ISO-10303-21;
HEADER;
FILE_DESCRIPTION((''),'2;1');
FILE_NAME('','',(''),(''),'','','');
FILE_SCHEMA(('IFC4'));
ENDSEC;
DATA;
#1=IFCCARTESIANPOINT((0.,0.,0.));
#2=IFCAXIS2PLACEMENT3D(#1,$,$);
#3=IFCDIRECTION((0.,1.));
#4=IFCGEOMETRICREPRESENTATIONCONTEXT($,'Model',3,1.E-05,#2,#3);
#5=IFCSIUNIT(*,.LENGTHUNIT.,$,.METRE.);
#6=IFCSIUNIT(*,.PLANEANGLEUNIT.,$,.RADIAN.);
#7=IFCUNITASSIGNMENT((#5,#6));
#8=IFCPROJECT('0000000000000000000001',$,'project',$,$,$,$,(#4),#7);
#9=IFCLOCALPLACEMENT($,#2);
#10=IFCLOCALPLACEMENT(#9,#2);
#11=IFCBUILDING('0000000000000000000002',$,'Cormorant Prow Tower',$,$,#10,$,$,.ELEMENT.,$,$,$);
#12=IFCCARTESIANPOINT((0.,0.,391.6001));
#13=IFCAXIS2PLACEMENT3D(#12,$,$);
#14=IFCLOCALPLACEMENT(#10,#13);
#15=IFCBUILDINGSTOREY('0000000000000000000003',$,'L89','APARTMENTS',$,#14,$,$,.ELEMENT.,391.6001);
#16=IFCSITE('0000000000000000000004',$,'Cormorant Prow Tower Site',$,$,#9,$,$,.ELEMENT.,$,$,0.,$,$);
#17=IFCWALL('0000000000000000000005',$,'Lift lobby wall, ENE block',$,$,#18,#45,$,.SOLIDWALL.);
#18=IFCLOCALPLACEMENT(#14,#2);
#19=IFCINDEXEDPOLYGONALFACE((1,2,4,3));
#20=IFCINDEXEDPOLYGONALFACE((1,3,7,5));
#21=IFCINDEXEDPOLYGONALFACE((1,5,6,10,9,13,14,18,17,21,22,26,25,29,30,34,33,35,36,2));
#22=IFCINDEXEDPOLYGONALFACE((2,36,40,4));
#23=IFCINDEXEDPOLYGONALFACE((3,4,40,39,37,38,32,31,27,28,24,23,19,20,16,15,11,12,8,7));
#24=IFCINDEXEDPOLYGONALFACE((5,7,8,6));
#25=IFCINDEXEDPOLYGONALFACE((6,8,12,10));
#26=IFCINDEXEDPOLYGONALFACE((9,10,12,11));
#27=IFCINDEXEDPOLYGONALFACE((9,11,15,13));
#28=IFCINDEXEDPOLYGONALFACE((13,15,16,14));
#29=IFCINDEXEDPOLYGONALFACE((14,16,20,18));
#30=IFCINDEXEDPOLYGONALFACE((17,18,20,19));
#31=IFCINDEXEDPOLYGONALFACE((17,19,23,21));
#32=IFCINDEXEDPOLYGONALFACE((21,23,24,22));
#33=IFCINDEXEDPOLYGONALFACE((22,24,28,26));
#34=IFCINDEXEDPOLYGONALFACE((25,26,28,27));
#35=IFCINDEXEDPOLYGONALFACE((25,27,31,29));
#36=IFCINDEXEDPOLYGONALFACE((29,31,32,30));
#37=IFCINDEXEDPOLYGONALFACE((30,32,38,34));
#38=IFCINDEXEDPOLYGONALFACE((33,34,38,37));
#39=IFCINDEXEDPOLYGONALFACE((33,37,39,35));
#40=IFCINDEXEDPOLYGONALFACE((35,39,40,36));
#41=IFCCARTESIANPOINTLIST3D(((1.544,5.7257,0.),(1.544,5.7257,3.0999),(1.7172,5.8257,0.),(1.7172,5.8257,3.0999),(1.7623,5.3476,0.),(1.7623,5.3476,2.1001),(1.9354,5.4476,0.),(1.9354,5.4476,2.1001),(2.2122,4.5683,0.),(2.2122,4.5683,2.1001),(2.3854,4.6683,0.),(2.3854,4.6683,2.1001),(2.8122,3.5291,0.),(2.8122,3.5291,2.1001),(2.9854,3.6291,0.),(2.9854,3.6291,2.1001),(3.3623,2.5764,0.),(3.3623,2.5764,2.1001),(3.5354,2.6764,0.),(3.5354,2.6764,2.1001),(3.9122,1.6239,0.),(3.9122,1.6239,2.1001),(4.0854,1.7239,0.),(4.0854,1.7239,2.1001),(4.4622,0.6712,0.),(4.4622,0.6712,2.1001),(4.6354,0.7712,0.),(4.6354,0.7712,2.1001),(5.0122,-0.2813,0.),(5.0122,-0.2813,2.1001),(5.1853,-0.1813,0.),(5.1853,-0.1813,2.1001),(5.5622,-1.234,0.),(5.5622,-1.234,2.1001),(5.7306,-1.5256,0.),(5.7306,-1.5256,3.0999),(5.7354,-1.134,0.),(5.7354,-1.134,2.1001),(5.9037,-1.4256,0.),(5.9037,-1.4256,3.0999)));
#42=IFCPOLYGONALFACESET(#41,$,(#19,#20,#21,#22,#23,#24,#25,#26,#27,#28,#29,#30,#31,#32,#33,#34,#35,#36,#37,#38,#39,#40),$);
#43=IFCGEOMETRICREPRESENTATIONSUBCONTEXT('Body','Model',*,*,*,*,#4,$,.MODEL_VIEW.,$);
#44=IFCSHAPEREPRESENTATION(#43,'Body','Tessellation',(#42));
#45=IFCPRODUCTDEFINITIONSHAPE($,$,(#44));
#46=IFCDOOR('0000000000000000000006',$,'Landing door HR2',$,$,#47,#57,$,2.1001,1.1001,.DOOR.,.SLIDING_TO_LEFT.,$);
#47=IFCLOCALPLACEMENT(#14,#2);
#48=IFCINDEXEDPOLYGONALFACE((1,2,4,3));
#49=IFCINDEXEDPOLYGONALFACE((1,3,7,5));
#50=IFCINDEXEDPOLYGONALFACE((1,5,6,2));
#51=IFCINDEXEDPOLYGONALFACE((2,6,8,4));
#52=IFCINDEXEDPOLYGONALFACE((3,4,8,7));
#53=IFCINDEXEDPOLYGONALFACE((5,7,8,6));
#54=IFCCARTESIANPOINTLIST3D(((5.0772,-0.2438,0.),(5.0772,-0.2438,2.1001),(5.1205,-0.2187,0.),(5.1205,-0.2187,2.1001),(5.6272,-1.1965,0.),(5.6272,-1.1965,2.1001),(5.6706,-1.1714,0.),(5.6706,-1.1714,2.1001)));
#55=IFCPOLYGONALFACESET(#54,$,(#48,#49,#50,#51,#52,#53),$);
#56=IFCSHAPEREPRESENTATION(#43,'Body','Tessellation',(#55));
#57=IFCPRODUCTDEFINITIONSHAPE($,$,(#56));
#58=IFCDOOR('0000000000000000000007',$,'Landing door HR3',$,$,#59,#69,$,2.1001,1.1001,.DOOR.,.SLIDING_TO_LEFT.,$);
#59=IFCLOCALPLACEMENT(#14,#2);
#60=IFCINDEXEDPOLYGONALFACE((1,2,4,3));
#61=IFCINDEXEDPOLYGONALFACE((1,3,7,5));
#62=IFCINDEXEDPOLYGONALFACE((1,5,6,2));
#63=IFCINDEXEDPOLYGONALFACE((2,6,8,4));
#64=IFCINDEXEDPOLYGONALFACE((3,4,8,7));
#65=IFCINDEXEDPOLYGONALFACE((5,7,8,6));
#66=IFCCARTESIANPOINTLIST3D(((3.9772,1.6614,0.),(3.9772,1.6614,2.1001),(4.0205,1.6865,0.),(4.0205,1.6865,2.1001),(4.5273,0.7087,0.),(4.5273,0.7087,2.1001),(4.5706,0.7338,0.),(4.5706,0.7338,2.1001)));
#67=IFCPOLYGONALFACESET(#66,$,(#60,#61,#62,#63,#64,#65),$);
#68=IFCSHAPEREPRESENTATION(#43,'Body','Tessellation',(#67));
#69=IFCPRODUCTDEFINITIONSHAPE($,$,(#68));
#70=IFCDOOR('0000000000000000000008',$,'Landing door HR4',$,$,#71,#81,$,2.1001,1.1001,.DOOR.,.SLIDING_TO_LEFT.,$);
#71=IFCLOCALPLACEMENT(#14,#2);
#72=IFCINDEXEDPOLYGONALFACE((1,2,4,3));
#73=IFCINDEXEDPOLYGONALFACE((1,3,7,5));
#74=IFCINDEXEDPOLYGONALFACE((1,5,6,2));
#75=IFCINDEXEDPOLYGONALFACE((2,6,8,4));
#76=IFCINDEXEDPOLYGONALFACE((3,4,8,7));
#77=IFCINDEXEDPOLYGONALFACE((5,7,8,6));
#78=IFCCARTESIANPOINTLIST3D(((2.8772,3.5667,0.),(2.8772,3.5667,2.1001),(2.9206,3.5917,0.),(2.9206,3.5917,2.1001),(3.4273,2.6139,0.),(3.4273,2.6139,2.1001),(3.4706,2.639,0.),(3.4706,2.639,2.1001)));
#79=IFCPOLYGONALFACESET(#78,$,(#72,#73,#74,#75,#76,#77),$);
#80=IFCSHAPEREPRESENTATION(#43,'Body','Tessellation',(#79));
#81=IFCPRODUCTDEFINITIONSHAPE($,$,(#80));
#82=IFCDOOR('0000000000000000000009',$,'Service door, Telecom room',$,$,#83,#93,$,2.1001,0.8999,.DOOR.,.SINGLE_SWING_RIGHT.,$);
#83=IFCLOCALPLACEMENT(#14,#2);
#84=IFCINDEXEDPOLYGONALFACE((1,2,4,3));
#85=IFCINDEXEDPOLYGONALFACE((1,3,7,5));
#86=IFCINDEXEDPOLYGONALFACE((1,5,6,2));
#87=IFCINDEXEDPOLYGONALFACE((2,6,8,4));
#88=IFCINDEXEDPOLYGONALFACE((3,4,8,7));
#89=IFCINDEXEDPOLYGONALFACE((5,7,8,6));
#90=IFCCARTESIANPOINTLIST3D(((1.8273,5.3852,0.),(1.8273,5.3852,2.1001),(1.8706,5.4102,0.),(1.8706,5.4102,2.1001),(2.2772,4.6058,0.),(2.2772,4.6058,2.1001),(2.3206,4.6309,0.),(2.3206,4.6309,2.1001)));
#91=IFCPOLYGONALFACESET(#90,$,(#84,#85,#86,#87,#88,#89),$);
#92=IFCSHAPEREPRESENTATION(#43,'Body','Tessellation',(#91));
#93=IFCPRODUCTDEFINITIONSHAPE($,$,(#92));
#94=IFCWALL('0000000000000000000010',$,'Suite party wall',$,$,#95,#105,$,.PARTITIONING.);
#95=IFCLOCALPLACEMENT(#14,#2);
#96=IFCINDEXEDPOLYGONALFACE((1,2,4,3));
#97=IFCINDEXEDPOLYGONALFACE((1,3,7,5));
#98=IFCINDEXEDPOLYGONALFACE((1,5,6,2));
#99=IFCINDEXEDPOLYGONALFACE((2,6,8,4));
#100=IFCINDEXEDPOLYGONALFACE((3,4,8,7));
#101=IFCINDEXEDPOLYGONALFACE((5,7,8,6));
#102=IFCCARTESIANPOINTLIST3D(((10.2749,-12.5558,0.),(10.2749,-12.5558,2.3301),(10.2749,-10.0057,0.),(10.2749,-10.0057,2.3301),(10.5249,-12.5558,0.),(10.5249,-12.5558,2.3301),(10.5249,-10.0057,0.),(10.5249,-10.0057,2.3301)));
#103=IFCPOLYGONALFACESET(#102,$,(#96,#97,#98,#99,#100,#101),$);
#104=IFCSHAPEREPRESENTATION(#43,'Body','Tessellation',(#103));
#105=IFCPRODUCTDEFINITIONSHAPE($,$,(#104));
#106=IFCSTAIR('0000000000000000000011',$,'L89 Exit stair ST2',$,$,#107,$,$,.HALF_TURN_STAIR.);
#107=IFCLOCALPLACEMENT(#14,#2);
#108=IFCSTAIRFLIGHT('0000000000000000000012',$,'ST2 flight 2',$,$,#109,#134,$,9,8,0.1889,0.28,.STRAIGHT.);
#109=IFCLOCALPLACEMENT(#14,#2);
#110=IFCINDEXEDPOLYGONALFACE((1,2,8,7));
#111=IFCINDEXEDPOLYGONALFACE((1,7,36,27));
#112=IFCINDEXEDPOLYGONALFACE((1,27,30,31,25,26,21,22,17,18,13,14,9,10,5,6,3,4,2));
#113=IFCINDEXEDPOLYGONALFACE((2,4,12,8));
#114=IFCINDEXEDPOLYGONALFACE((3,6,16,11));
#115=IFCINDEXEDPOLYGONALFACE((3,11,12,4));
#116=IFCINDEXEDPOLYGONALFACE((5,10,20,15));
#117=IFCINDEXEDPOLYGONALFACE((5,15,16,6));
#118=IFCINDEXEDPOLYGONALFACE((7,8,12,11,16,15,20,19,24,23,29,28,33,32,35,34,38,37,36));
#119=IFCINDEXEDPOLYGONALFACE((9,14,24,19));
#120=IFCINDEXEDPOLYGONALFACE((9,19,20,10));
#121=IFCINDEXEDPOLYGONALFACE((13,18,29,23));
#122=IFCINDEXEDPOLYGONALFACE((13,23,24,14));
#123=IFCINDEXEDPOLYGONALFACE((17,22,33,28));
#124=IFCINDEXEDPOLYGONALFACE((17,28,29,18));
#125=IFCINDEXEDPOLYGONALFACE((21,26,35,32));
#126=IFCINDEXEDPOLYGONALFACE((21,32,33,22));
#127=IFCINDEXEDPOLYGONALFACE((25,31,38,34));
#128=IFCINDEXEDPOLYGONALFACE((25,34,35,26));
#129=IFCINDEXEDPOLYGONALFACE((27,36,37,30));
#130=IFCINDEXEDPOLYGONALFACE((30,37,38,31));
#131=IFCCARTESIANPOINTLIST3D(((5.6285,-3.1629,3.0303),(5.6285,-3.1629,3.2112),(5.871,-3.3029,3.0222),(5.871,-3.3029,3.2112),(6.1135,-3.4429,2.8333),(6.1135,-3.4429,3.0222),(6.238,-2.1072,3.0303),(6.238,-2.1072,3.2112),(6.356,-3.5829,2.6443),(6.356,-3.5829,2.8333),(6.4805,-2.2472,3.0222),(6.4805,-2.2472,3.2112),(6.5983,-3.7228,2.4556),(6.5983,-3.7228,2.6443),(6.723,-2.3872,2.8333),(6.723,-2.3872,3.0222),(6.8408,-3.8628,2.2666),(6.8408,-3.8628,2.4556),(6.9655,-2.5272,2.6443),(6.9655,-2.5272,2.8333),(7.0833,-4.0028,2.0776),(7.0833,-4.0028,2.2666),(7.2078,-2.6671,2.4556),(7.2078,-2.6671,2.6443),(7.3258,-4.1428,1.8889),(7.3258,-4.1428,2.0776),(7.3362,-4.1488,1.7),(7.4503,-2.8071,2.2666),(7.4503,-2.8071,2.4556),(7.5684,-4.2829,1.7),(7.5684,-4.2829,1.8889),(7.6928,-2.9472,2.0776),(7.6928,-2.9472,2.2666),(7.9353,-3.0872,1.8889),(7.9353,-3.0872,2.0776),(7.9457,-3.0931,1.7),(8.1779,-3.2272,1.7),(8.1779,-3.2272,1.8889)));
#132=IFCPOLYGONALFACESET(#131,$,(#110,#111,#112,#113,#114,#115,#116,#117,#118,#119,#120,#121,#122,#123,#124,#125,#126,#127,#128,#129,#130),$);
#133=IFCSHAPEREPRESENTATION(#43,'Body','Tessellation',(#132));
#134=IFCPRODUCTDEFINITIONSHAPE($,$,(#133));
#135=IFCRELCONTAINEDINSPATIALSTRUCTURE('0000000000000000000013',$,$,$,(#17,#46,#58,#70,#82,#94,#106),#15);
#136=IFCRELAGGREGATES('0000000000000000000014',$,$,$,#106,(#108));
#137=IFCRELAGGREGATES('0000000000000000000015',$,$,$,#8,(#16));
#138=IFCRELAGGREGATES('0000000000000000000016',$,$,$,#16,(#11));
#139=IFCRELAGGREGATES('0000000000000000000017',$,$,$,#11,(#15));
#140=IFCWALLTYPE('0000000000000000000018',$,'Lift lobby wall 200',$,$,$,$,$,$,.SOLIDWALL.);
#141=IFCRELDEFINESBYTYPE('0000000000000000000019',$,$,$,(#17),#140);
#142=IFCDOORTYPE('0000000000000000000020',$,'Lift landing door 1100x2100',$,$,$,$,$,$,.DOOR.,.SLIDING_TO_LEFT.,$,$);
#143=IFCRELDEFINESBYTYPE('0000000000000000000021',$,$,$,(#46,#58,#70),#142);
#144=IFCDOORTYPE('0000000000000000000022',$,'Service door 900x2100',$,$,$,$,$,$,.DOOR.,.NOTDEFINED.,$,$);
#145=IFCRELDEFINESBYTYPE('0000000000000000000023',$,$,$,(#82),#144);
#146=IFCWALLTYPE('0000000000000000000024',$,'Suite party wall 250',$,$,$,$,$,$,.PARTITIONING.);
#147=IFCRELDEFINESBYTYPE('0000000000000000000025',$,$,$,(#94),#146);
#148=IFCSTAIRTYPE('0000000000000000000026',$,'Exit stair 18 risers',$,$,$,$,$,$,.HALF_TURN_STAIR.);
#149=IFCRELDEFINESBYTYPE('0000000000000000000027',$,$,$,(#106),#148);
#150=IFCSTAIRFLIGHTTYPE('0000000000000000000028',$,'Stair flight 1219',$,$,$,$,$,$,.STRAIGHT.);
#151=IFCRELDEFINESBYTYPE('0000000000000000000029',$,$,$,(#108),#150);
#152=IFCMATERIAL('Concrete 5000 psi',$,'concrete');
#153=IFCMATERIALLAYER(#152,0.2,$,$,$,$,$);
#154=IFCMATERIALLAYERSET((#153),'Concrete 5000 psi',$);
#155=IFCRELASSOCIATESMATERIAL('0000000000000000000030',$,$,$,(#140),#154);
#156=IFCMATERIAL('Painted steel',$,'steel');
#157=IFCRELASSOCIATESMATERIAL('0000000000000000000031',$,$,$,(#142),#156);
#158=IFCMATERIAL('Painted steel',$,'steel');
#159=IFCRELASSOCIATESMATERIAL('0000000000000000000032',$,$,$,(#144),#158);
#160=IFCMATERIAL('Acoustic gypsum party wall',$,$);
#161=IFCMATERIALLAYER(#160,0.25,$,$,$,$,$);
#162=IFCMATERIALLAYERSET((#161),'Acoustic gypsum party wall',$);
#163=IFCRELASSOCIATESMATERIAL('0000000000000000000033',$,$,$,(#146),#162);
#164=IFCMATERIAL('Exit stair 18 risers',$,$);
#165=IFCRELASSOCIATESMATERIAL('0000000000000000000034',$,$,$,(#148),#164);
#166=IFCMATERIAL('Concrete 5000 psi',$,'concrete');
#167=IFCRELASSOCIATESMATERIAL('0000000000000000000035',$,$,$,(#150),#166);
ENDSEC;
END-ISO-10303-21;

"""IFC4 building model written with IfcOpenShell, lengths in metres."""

from ifc_helpers import new_model, si_unit, direction, frame, frame_2d, origin, place, context, subcontext, project, spatial, polyline, rectangle, outline, extrude, material, layer, layer_set, type_object, element, fill, aggregate, save


model = new_model("IFC4")

# Units and contexts
model_context = context("Model", 3, precision=1e-05, world=origin(), true_north=direction((0.0, 1.0)))
body_context = subcontext(model_context, "Body", "Model", "MODEL_VIEW")
ifc_project = project(units=[si_unit("LENGTHUNIT", "METRE"), si_unit("PLANEANGLEUNIT", "RADIAN")], contexts=[model_context])

# Site, building, storey
site_placement = place(None, origin())
site = spatial("IfcSite", under=ifc_project, at=site_placement, Name="Cormorant Prow Tower Site", CompositionType="ELEMENT", RefElevation=0.0)
building_placement = place(site_placement, origin())
building = spatial("IfcBuilding", under=site, at=building_placement, Name="Cormorant Prow Tower", CompositionType="ELEMENT")
storey_placement = place(building_placement, frame((0.0, 0.0, 391.6001)))
storey = spatial("IfcBuildingStorey", under=building, at=storey_placement, Name="L89", Description="APARTMENTS", CompositionType="ELEMENT", Elevation=391.6001)

# Wall, openings, doors
ifc_material_1 = material(Name="Concrete 5000 psi", Category="concrete")
ifc_layer_1 = layer(ifc_material_1, 0.2)
ifc_layer_set_1 = layer_set([ifc_layer_1], Name="Concrete 5000 psi")
wall_type_1 = type_object("IfcWallType", Name="Lift lobby wall 200", PredefinedType="SOLIDWALL", material=ifc_layer_set_1)
wall_1_placement = place(storey_placement, frame((5.8171, -1.4756, 0.0), z_axis=(0.0, 0.0, 1.0), x_axis=(-0.500003, 0.866024, 0.0)))
wall_1 = element("IfcWall", 1, at=wall_1_placement, inside=storey, type_object=wall_type_1, Name="Lift lobby wall, ENE block", PredefinedType="SOLIDWALL", context=body_context, shape_type="SweptSolid", body=[
    extrude(rectangle(XDim=8.373, YDim=0.2, at=frame_2d((4.1865, 0.0))), origin(), (0.0, 0.0, 1.0), 3.0999),
])
opening_1_placement = place(wall_1_placement, frame((0.3367, 0.0, 0.0)))
opening_1 = element("IfcOpeningElement", 2, at=opening_1_placement, cuts=wall_1, PredefinedType="OPENING", context=body_context, shape_type="SweptSolid", body=[
    extrude(rectangle(XDim=1.1001, YDim=2.1001, at=frame_2d((0.55, 1.05))), frame((0.0, 0.1099, 0.0), z_axis=(0.0, -1.0, 0.0), x_axis=(1.0, 0.0, 0.0)), (0.0, 0.0, 1.0), 0.22),
])
opening_2_placement = place(wall_1_placement, frame((2.5366, 0.0, 0.0)))
opening_2 = element("IfcOpeningElement", 3, at=opening_2_placement, cuts=wall_1, PredefinedType="OPENING", context=body_context, shape_type="SweptSolid", body=[
    extrude(rectangle(XDim=1.1001, YDim=2.1001, at=frame_2d((0.55, 1.05))), frame((0.0, 0.1099, 0.0), z_axis=(0.0, -1.0, 0.0), x_axis=(1.0, 0.0, 0.0)), (0.0, 0.0, 1.0), 0.22),
])
opening_3_placement = place(wall_1_placement, frame((4.7366, 0.0, 0.0)))
opening_3 = element("IfcOpeningElement", 4, at=opening_3_placement, cuts=wall_1, PredefinedType="OPENING", context=body_context, shape_type="SweptSolid", body=[
    extrude(rectangle(XDim=1.1001, YDim=2.1001, at=frame_2d((0.55, 1.05))), frame((0.0, 0.1099, 0.0), z_axis=(0.0, -1.0, 0.0), x_axis=(1.0, 0.0, 0.0)), (0.0, 0.0, 1.0), 0.22),
])
opening_4_placement = place(wall_1_placement, frame((7.0366, 0.0, 0.0)))
opening_4 = element("IfcOpeningElement", 5, at=opening_4_placement, cuts=wall_1, PredefinedType="OPENING", context=body_context, shape_type="SweptSolid", body=[
    extrude(rectangle(XDim=0.8999, YDim=2.1001, at=frame_2d((0.45, 1.05))), frame((0.0, 0.1099, 0.0), z_axis=(0.0, -1.0, 0.0), x_axis=(1.0, 0.0, 0.0)), (0.0, 0.0, 1.0), 0.22),
])
ifc_material_2 = material(Name="Painted steel", Category="steel")
door_type_1 = type_object("IfcDoorType", Name="Lift landing door 1100x2100", OperationType="SLIDING_TO_LEFT", PredefinedType="DOOR", material=ifc_material_2)
door_1_placement = place(opening_1_placement, origin())
door_1 = element("IfcDoor", 6, at=door_1_placement, inside=storey, type_object=door_type_1, Name="Landing door HR2", OperationType="SLIDING_TO_LEFT", OverallHeight=2.1001, OverallWidth=1.1001, PredefinedType="DOOR", context=body_context, shape_type="SweptSolid", body=[
    extrude(rectangle(XDim=1.1001, YDim=2.1001, at=frame_2d((0.55, 1.05))), frame((0.0, 0.0249, 0.0), z_axis=(0.0, -1.0, 0.0), x_axis=(1.0, 0.0, 0.0)), (0.0, 0.0, 1.0), 0.05),
])
fill(opening_1, door_1)
door_2_placement = place(opening_2_placement, origin())
door_2 = element("IfcDoor", 7, at=door_2_placement, inside=storey, type_object=door_type_1, Name="Landing door HR3", OperationType="SLIDING_TO_LEFT", OverallHeight=2.1001, OverallWidth=1.1001, PredefinedType="DOOR", context=body_context, shape_type="SweptSolid", body=[
    extrude(rectangle(XDim=1.1001, YDim=2.1001, at=frame_2d((0.55, 1.05))), frame((0.0, 0.0249, 0.0), z_axis=(0.0, -1.0, 0.0), x_axis=(1.0, 0.0, 0.0)), (0.0, 0.0, 1.0), 0.05),
])
fill(opening_2, door_2)
door_3_placement = place(opening_3_placement, origin())
door_3 = element("IfcDoor", 8, at=door_3_placement, inside=storey, type_object=door_type_1, Name="Landing door HR4", OperationType="SLIDING_TO_LEFT", OverallHeight=2.1001, OverallWidth=1.1001, PredefinedType="DOOR", context=body_context, shape_type="SweptSolid", body=[
    extrude(rectangle(XDim=1.1001, YDim=2.1001, at=frame_2d((0.55, 1.05))), frame((0.0, 0.0249, 0.0), z_axis=(0.0, -1.0, 0.0), x_axis=(1.0, 0.0, 0.0)), (0.0, 0.0, 1.0), 0.05),
])
fill(opening_3, door_3)
ifc_material_3 = material(Name="Painted steel", Category="steel")
door_type_2 = type_object("IfcDoorType", Name="Service door 900x2100", OperationType="NOTDEFINED", PredefinedType="DOOR", material=ifc_material_3)
door_4_placement = place(opening_4_placement, origin())
door_4 = element("IfcDoor", 9, at=door_4_placement, inside=storey, type_object=door_type_2, Name="Service door, Telecom room", OperationType="SINGLE_SWING_RIGHT", OverallHeight=2.1001, OverallWidth=0.8999, PredefinedType="DOOR", context=body_context, shape_type="SweptSolid", body=[
    extrude(rectangle(XDim=0.8999, YDim=2.1001, at=frame_2d((0.45, 1.05))), frame((0.0, 0.0249, 0.0), z_axis=(0.0, -1.0, 0.0), x_axis=(1.0, 0.0, 0.0)), (0.0, 0.0, 1.0), 0.05),
])
fill(opening_4, door_4)

# Wall
ifc_material_4 = material(Name="Acoustic gypsum party wall")
ifc_layer_2 = layer(ifc_material_4, 0.25)
ifc_layer_set_2 = layer_set([ifc_layer_2], Name="Acoustic gypsum party wall")
wall_type_2 = type_object("IfcWallType", Name="Suite party wall 250", PredefinedType="PARTITIONING", material=ifc_layer_set_2)
wall_2_placement = place(storey_placement, frame((10.3999, -12.5557, 0.0), z_axis=(0.0, 0.0, 1.0), x_axis=(0.0, 1.0, 0.0)))
element("IfcWall", 10, at=wall_2_placement, inside=storey, type_object=wall_type_2, Name="Suite party wall", PredefinedType="PARTITIONING", context=body_context, shape_type="SweptSolid", body=[
    extrude(rectangle(XDim=2.55, YDim=0.25, at=frame_2d((1.2749, 0.0))), origin(), (0.0, 0.0, 1.0), 2.3301),
])

# Stair, stair flight
ifc_material_5 = material(Name="Exit stair 18 risers")
stair_type = type_object("IfcStairType", Name="Exit stair 18 risers", PredefinedType="HALF_TURN_STAIR", material=ifc_material_5)
stair_placement = place(storey_placement, origin())
stair = element("IfcStair", 11, at=stair_placement, inside=storey, type_object=stair_type, Name="L89 Exit stair ST2", PredefinedType="HALF_TURN_STAIR")
ifc_material_6 = material(Name="Concrete 5000 psi", Category="concrete")
stair_flight_type = type_object("IfcStairFlightType", Name="Stair flight 1219", PredefinedType="STRAIGHT", material=ifc_material_6)
stair_flight_placement = place(storey_placement, frame((7.873, -3.7551, 1.7), z_axis=(0.0, 0.0, 1.0), x_axis=(-0.866025, 0.5, 0.0)))
stair_flight = element("IfcStairFlight", 12, at=stair_flight_placement, type_object=stair_flight_type, Name="ST2 flight 2", NumberOfRisers=9, NumberOfTreads=8, PredefinedType="STRAIGHT", RiserHeight=0.1889, TreadLength=0.28, context=body_context, shape_type="SweptSolid", body=[
    extrude(outline(polyline([(0.0, 0.0), (0.0, 0.189), (0.28, 0.189), (0.28, 0.3777), (0.5601, 0.3777), (0.5601, 0.5667), (0.8401, 0.5667), (0.8401, 0.7556), (1.1201, 0.7556), (1.1201, 0.9443), (1.3999, 0.9443), (1.3999, 1.1333), (1.6799, 1.1333), (1.6799, 1.3223), (1.96, 1.3223), (1.96, 1.5112), (2.24, 1.5112), (2.24, 1.7), (2.24, 1.3303), (0.2681, 0.0), (0.0, 0.0)])), frame((0.0, 0.6094, 0.0), z_axis=(0.0, -1.0, 0.0), x_axis=(1.0, 0.0, 0.0)), (0.0, 0.0, 1.0), 1.219),
])
aggregate(stair, [stair_flight])

save(model, "model.ifc")
